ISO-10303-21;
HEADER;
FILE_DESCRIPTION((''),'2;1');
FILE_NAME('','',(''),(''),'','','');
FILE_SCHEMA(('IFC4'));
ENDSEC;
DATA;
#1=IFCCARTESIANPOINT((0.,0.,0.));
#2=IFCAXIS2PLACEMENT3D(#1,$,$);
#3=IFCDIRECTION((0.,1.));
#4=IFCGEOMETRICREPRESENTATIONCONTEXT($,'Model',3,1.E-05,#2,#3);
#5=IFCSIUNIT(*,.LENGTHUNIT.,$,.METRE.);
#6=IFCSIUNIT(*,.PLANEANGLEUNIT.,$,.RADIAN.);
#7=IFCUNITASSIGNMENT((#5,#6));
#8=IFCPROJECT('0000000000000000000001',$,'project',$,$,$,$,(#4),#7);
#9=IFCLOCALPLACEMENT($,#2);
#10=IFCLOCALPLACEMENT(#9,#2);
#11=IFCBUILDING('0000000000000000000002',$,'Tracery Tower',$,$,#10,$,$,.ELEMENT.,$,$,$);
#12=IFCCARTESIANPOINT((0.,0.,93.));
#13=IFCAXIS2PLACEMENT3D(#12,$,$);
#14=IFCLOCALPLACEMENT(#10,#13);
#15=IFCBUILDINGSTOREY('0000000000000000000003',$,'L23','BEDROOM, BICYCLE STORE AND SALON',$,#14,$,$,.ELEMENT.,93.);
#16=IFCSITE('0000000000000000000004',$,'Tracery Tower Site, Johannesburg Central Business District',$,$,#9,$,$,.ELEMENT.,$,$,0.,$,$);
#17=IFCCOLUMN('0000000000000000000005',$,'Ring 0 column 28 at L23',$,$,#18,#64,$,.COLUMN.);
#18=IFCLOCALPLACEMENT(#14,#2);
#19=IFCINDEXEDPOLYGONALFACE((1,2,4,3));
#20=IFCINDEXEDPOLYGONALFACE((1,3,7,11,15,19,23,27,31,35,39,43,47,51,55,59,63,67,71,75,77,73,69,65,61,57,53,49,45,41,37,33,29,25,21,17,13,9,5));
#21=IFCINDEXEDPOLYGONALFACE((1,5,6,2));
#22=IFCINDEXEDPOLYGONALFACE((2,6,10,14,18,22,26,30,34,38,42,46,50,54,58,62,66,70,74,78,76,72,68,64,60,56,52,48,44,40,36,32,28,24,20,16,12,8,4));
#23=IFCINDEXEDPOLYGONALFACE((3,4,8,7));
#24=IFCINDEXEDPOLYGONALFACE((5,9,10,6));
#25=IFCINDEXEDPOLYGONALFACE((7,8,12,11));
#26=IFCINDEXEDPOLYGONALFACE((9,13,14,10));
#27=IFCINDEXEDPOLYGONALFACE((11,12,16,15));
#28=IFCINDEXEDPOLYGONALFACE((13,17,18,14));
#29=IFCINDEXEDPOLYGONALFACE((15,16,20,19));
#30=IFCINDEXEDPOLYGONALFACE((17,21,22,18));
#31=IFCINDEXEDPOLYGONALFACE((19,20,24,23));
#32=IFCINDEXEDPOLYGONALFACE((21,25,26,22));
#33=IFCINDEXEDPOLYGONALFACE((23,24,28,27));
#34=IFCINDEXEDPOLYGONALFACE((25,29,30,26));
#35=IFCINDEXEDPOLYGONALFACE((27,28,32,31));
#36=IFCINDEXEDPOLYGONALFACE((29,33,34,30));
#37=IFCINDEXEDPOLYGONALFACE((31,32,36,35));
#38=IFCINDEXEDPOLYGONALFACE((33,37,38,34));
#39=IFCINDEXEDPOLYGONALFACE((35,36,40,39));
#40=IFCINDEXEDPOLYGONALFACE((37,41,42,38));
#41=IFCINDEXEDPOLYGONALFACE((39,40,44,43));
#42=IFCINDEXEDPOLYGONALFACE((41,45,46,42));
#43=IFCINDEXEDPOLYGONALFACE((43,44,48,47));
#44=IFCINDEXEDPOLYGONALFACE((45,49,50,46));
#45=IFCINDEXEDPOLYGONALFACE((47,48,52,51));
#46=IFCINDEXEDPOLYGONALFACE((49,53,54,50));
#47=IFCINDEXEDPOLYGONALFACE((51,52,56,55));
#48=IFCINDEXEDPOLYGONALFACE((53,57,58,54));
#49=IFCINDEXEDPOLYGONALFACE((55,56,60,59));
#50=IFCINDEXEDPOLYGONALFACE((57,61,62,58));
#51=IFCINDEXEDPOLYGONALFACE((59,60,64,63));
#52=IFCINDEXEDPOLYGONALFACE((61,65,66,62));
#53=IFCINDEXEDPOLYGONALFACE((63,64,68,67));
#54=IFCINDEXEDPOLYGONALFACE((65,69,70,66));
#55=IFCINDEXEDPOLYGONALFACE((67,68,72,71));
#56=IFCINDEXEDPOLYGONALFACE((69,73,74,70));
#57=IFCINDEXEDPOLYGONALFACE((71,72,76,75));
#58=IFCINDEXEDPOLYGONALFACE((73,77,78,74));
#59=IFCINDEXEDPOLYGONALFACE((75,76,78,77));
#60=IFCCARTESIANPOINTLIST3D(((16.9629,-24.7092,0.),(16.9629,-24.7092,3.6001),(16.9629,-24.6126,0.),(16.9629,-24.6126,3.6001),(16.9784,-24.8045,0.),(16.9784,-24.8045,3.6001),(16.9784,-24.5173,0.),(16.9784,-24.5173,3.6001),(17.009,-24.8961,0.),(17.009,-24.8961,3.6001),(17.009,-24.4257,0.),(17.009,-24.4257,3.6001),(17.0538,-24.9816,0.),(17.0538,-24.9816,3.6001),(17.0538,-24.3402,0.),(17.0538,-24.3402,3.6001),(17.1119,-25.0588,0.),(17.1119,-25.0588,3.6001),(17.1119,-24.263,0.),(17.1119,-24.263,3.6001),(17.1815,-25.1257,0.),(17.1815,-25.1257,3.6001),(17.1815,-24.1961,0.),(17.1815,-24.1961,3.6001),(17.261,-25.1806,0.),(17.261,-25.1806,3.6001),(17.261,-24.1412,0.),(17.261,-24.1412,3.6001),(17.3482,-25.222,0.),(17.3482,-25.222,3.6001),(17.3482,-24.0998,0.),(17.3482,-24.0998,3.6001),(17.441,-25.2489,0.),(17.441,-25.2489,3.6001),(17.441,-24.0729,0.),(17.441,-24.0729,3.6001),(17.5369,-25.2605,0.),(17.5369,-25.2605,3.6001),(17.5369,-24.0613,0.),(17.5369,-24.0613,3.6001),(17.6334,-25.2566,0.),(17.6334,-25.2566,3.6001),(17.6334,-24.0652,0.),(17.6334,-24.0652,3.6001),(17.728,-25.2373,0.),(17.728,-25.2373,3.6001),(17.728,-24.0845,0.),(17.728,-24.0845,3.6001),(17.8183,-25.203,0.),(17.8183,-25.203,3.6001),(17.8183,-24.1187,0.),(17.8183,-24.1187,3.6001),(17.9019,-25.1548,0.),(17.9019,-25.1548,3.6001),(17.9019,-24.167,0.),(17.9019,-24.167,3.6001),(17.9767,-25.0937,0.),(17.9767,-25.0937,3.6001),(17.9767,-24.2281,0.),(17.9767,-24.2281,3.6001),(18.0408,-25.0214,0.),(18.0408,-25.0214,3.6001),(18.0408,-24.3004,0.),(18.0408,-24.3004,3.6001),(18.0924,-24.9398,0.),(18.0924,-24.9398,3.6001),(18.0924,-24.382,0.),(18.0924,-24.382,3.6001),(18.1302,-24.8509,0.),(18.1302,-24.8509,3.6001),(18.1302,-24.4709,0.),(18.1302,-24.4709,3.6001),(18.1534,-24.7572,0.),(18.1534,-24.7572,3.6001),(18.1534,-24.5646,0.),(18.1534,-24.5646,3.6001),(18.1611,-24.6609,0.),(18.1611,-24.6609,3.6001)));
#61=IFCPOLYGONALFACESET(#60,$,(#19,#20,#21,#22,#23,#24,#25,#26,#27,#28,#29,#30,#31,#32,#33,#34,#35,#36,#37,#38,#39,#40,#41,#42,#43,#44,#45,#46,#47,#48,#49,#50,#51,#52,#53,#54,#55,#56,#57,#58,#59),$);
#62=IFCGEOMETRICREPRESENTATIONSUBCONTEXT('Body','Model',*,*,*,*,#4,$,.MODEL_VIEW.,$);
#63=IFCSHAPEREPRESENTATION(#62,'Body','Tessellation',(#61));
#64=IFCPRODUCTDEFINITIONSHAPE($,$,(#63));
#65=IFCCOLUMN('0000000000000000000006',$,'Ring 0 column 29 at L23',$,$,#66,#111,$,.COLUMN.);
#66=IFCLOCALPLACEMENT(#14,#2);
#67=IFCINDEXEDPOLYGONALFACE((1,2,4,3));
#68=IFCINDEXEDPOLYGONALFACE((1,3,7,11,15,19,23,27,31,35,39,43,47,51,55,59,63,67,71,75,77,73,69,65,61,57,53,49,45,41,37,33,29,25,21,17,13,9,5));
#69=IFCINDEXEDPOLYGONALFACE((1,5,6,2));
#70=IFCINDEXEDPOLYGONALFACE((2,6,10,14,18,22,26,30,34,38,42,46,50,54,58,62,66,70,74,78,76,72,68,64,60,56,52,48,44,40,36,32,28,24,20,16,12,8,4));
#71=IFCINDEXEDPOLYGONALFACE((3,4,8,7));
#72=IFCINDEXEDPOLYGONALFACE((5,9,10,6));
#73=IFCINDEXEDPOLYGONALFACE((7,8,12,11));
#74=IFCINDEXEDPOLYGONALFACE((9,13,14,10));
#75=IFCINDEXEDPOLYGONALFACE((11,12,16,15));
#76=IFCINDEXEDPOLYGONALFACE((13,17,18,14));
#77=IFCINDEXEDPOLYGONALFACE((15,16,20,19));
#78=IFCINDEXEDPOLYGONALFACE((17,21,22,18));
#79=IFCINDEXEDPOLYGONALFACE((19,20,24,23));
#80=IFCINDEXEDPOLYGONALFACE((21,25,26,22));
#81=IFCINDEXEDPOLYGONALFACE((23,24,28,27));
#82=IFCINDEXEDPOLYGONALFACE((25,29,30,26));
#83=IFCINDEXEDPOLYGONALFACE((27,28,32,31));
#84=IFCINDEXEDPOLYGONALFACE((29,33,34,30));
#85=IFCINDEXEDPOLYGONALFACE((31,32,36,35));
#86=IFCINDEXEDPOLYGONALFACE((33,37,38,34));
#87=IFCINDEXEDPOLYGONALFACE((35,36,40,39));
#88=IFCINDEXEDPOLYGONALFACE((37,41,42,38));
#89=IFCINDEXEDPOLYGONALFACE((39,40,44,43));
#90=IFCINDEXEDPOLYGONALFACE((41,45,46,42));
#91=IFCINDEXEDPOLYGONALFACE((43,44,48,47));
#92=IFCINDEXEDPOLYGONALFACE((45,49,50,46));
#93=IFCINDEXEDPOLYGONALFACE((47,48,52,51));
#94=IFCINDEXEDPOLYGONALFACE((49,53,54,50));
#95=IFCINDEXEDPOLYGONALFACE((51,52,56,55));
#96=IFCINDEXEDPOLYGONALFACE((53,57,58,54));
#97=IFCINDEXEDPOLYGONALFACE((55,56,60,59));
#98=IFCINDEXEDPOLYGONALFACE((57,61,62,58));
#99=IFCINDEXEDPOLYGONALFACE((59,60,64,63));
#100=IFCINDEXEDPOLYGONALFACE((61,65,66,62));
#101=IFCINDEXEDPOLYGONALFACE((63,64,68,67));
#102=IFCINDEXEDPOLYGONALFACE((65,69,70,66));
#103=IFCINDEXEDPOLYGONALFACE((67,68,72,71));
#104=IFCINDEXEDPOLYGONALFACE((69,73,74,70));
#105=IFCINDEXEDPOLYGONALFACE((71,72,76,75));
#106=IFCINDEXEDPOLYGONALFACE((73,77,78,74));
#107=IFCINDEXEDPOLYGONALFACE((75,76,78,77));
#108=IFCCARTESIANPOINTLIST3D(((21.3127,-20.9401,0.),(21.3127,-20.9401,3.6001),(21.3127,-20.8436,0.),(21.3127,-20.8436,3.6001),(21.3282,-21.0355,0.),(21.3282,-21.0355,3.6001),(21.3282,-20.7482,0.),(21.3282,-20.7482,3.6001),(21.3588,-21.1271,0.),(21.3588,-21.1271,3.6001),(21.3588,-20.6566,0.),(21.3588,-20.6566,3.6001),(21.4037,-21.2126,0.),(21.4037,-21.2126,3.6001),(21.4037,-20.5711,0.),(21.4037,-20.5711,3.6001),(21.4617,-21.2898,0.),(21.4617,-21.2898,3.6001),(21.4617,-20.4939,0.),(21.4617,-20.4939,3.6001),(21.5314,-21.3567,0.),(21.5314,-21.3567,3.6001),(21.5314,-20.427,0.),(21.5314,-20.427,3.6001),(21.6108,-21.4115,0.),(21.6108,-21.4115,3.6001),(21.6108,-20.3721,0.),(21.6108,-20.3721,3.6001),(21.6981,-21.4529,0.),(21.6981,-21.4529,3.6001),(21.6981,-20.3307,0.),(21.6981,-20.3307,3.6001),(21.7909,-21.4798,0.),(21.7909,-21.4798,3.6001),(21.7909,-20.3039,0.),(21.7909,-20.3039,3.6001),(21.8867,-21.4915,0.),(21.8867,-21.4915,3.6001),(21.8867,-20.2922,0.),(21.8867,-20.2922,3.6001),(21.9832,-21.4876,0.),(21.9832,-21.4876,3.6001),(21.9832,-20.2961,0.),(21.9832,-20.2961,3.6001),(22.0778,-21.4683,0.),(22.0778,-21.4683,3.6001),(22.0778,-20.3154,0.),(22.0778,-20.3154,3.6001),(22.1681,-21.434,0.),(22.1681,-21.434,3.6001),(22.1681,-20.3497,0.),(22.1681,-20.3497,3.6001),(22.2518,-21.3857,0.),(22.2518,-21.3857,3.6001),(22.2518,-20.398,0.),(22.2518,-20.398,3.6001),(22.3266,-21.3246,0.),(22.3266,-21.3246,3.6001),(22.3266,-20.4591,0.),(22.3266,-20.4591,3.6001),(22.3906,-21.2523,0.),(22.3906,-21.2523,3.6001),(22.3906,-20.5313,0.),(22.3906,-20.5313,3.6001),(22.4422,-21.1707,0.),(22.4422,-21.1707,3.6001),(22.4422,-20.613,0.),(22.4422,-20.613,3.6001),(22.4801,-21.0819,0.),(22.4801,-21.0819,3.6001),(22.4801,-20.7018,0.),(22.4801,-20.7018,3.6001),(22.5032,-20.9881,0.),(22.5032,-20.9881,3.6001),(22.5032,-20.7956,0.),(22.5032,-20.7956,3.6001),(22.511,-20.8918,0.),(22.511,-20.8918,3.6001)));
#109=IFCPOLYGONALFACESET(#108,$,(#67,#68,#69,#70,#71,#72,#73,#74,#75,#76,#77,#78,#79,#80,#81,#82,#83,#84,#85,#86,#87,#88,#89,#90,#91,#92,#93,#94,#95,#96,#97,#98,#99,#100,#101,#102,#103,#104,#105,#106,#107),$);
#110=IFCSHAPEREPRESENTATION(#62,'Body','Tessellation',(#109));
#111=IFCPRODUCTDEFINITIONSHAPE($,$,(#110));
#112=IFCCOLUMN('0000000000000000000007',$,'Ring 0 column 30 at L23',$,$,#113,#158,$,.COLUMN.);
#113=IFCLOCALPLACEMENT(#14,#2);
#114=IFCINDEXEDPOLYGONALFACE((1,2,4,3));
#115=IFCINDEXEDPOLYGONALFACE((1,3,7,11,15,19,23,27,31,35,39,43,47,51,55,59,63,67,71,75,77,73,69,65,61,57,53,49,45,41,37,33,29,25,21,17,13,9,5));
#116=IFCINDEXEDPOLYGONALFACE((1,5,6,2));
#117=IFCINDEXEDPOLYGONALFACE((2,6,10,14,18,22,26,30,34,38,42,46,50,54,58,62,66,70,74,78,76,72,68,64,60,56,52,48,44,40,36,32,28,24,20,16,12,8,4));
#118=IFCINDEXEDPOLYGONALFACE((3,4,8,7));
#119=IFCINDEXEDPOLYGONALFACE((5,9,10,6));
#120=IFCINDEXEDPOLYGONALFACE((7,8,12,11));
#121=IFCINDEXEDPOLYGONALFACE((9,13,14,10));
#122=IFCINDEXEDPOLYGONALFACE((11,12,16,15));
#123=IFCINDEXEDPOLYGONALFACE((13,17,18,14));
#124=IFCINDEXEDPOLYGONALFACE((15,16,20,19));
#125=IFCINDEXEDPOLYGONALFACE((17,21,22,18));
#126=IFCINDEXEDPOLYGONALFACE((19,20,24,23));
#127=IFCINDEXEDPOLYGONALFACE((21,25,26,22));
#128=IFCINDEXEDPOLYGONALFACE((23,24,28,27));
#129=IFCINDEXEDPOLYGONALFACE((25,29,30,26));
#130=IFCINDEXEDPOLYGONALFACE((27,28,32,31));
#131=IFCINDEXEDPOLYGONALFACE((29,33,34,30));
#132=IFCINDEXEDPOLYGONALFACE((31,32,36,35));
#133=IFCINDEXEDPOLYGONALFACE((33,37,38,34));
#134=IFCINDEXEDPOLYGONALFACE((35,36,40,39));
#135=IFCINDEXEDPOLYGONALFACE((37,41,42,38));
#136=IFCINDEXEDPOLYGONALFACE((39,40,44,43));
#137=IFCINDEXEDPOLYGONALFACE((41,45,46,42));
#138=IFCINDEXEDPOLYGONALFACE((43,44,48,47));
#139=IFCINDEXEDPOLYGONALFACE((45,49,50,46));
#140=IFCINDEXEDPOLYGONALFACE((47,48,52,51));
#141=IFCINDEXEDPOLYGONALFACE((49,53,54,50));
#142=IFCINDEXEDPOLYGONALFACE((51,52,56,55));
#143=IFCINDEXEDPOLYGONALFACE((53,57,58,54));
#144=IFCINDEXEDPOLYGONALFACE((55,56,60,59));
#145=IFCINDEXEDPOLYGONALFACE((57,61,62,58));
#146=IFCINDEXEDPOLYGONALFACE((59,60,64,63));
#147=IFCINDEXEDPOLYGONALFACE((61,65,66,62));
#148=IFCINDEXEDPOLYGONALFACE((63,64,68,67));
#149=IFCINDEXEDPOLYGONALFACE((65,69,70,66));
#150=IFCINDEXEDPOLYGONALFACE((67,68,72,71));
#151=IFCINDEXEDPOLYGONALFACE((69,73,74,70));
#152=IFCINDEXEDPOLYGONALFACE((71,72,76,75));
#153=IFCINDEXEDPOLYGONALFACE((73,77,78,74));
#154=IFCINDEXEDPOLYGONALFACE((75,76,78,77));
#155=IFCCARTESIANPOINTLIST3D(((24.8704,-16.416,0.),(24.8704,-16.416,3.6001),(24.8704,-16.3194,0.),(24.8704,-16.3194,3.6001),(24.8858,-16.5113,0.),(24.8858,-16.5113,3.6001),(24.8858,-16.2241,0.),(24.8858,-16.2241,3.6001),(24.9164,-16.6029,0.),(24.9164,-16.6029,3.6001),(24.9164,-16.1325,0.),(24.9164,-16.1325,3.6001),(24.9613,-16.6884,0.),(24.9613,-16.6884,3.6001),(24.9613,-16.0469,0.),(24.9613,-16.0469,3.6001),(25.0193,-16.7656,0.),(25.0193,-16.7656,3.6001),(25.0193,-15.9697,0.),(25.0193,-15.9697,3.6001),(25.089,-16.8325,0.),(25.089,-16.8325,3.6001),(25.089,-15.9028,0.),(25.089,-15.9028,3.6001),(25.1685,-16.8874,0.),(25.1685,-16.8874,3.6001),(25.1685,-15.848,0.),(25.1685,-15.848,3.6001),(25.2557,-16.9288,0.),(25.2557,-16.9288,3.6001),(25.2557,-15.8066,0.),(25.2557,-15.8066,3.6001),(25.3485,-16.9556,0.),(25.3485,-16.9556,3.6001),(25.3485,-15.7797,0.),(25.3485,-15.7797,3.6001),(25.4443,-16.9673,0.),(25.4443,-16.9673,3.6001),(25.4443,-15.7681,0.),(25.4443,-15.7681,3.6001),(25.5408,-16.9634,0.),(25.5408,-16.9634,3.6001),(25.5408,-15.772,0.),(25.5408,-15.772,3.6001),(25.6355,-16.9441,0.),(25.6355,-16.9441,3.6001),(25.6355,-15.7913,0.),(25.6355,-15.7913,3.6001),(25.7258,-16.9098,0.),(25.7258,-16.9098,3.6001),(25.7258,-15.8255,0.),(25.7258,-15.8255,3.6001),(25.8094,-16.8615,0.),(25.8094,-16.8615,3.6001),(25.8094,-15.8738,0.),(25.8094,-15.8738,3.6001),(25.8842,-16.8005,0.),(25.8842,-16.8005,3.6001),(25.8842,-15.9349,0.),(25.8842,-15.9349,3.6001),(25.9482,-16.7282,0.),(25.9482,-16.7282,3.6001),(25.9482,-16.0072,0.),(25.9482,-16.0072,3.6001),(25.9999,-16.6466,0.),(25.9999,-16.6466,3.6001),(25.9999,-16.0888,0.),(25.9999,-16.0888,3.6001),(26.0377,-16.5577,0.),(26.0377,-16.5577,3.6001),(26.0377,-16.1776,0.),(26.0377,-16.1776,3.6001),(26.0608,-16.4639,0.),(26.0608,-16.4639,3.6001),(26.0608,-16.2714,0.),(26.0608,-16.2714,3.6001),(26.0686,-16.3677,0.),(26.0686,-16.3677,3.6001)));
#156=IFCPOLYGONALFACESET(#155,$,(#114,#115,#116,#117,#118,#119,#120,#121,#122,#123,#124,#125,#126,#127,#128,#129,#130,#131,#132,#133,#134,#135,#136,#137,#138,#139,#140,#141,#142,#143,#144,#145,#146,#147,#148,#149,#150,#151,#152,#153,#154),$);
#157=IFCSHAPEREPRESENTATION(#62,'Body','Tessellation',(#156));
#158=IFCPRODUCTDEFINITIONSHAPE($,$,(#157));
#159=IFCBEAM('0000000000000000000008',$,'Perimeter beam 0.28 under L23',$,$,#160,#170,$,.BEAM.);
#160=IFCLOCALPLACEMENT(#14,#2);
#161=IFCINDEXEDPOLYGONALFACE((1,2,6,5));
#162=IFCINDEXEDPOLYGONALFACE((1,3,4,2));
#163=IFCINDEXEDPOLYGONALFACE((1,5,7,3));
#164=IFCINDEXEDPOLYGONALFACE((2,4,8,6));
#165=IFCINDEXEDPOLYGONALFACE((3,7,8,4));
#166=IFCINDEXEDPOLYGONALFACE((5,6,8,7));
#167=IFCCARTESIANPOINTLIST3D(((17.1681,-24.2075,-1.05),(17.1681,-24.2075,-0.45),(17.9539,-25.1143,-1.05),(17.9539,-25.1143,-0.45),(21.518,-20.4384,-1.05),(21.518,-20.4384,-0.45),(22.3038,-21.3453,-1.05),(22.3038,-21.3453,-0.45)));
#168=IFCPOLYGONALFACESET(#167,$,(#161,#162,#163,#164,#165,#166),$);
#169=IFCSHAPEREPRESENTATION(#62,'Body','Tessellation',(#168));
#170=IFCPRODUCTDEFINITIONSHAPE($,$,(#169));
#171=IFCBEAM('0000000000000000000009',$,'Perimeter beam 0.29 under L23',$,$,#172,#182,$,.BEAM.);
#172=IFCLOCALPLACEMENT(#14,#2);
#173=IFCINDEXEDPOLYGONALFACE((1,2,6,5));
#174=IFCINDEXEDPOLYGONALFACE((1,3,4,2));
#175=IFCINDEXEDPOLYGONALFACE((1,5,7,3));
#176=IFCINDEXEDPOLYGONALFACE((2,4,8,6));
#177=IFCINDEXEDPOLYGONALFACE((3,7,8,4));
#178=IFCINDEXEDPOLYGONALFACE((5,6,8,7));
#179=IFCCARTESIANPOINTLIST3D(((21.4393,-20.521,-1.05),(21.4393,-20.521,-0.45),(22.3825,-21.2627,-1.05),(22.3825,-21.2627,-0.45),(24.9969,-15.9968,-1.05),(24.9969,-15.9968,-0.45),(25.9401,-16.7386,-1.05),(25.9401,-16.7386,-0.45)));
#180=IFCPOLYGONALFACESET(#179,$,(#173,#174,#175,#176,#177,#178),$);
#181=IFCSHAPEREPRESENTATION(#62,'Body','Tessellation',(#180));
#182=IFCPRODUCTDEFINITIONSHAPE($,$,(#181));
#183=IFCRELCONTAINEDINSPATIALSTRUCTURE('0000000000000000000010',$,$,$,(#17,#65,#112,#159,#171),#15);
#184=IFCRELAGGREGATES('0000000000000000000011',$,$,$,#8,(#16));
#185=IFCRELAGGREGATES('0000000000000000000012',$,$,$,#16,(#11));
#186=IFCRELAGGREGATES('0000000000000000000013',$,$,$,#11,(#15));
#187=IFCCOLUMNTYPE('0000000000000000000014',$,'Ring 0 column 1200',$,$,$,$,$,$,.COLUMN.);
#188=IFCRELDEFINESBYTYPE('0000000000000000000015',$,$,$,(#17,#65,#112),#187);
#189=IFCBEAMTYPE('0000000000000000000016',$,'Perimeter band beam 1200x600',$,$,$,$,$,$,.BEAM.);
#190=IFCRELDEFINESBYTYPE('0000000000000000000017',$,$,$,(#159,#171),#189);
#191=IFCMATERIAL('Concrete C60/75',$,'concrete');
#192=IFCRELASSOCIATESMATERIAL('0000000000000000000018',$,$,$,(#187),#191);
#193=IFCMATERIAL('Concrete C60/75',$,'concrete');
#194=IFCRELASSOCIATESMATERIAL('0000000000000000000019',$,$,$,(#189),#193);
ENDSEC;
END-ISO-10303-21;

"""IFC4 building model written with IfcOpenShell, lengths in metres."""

from ifc_helpers import new_model, si_unit, direction, frame, origin, origin_2d, place, context, subcontext, project, spatial, rectangle, circle, extrude, material, material_profile, profile_set, type_object, element, save


model = new_model("IFC4")

# Units and contexts
model_context = context("Model", 3, precision=1e-05, world=origin(), true_north=direction((0.0, 1.0)))
body_context = subcontext(model_context, "Body", "Model", "MODEL_VIEW")
ifc_project = project(units=[si_unit("LENGTHUNIT", "METRE"), si_unit("PLANEANGLEUNIT", "RADIAN")], contexts=[model_context])

# Site, building, storey
site_placement = place(None, origin())
site = spatial("IfcSite", under=ifc_project, at=site_placement, Name="Tracery Tower Site, Johannesburg Central Business District", CompositionType="ELEMENT", RefElevation=0.0)
building_placement = place(site_placement, origin())
building = spatial("IfcBuilding", under=site, at=building_placement, Name="Tracery Tower", CompositionType="ELEMENT")
storey_placement = place(building_placement, frame((0.0, 0.0, 93.0)))
storey = spatial("IfcBuildingStorey", under=building, at=storey_placement, Name="L23", Description="BEDROOM, BICYCLE STORE AND SALON", CompositionType="ELEMENT", Elevation=93.0)

# Columns
ifc_material_1 = material(Name="Concrete C60/75", Category="concrete")
ifc_material_profile_1 = material_profile(ifc_material_1, circle(Radius=0.6001, at=origin_2d()), Name="RC D1200")
ifc_profile_set_1 = profile_set([ifc_material_profile_1], Name="Concrete C60/75")
column_type = type_object("IfcColumnType", Name="Ring 0 column 1200", PredefinedType="COLUMN", material=ifc_profile_set_1)
for number, where, z_axis, x_axis, name in (
    (1, (17.561, -24.6609, 0.0), (0.0, 0.0, 1.0), (1.0, 0.0, 0.0), "Ring 0 column 28 at L23"),
    (2, (21.9109, -20.8918, 0.0), (0.0, 0.0, 1.0), (1.0, 0.0, 0.0), "Ring 0 column 29 at L23"),
    (3, (25.4685, -16.3677, 0.0), (0.0, 0.0, 1.0), (1.0, 0.0, 0.0), "Ring 0 column 30 at L23"),
):
    element("IfcColumn", number, at=place(storey_placement, frame(where, z_axis=z_axis, x_axis=x_axis)), inside=storey, type_object=column_type, Name=name, PredefinedType="COLUMN", context=body_context, shape_type="SweptSolid", body=[
        extrude(circle(Radius=0.6001, at=origin_2d()), origin(), (0.0, 0.0, 1.0), 3.6001),
    ])

# Beams
ifc_material_2 = material(Name="Concrete C60/75", Category="concrete")
ifc_material_profile_2 = material_profile(ifc_material_2, rectangle(XDim=1.2, YDim=0.6001, at=origin_2d()), Name="RC 1200x600")
ifc_profile_set_2 = profile_set([ifc_material_profile_2], Name="Concrete C60/75")
beam_type = type_object("IfcBeamType", Name="Perimeter band beam 1200x600", PredefinedType="BEAM", material=ifc_profile_set_2)
beam_1_placement = place(storey_placement, frame((17.561, -24.6609, -0.75), z_axis=(0.75576, 0.654848, 0.0), x_axis=(-0.654848, 0.75576, 0.0)))
element("IfcBeam", 4, at=beam_1_placement, inside=storey, type_object=beam_type, Name="Perimeter beam 0.28 under L23", PredefinedType="BEAM", context=body_context, shape_type="SweptSolid", body=[
    extrude(rectangle(XDim=1.2, YDim=0.6001, at=origin_2d()), origin(), (0.0, 0.0, 1.0), 5.7556),
])
beam_2_placement = place(storey_placement, frame((21.9109, -20.8918, -0.75), z_axis=(0.618134, 0.786072, 0.0), x_axis=(-0.786072, 0.618134, 0.0)))
element("IfcBeam", 5, at=beam_2_placement, inside=storey, type_object=beam_type, Name="Perimeter beam 0.29 under L23", PredefinedType="BEAM", context=body_context, shape_type="SweptSolid", body=[
    extrude(rectangle(XDim=1.2, YDim=0.6001, at=origin_2d()), origin(), (0.0, 0.0, 1.0), 5.7554),
])

save(model, "model.ifc")
